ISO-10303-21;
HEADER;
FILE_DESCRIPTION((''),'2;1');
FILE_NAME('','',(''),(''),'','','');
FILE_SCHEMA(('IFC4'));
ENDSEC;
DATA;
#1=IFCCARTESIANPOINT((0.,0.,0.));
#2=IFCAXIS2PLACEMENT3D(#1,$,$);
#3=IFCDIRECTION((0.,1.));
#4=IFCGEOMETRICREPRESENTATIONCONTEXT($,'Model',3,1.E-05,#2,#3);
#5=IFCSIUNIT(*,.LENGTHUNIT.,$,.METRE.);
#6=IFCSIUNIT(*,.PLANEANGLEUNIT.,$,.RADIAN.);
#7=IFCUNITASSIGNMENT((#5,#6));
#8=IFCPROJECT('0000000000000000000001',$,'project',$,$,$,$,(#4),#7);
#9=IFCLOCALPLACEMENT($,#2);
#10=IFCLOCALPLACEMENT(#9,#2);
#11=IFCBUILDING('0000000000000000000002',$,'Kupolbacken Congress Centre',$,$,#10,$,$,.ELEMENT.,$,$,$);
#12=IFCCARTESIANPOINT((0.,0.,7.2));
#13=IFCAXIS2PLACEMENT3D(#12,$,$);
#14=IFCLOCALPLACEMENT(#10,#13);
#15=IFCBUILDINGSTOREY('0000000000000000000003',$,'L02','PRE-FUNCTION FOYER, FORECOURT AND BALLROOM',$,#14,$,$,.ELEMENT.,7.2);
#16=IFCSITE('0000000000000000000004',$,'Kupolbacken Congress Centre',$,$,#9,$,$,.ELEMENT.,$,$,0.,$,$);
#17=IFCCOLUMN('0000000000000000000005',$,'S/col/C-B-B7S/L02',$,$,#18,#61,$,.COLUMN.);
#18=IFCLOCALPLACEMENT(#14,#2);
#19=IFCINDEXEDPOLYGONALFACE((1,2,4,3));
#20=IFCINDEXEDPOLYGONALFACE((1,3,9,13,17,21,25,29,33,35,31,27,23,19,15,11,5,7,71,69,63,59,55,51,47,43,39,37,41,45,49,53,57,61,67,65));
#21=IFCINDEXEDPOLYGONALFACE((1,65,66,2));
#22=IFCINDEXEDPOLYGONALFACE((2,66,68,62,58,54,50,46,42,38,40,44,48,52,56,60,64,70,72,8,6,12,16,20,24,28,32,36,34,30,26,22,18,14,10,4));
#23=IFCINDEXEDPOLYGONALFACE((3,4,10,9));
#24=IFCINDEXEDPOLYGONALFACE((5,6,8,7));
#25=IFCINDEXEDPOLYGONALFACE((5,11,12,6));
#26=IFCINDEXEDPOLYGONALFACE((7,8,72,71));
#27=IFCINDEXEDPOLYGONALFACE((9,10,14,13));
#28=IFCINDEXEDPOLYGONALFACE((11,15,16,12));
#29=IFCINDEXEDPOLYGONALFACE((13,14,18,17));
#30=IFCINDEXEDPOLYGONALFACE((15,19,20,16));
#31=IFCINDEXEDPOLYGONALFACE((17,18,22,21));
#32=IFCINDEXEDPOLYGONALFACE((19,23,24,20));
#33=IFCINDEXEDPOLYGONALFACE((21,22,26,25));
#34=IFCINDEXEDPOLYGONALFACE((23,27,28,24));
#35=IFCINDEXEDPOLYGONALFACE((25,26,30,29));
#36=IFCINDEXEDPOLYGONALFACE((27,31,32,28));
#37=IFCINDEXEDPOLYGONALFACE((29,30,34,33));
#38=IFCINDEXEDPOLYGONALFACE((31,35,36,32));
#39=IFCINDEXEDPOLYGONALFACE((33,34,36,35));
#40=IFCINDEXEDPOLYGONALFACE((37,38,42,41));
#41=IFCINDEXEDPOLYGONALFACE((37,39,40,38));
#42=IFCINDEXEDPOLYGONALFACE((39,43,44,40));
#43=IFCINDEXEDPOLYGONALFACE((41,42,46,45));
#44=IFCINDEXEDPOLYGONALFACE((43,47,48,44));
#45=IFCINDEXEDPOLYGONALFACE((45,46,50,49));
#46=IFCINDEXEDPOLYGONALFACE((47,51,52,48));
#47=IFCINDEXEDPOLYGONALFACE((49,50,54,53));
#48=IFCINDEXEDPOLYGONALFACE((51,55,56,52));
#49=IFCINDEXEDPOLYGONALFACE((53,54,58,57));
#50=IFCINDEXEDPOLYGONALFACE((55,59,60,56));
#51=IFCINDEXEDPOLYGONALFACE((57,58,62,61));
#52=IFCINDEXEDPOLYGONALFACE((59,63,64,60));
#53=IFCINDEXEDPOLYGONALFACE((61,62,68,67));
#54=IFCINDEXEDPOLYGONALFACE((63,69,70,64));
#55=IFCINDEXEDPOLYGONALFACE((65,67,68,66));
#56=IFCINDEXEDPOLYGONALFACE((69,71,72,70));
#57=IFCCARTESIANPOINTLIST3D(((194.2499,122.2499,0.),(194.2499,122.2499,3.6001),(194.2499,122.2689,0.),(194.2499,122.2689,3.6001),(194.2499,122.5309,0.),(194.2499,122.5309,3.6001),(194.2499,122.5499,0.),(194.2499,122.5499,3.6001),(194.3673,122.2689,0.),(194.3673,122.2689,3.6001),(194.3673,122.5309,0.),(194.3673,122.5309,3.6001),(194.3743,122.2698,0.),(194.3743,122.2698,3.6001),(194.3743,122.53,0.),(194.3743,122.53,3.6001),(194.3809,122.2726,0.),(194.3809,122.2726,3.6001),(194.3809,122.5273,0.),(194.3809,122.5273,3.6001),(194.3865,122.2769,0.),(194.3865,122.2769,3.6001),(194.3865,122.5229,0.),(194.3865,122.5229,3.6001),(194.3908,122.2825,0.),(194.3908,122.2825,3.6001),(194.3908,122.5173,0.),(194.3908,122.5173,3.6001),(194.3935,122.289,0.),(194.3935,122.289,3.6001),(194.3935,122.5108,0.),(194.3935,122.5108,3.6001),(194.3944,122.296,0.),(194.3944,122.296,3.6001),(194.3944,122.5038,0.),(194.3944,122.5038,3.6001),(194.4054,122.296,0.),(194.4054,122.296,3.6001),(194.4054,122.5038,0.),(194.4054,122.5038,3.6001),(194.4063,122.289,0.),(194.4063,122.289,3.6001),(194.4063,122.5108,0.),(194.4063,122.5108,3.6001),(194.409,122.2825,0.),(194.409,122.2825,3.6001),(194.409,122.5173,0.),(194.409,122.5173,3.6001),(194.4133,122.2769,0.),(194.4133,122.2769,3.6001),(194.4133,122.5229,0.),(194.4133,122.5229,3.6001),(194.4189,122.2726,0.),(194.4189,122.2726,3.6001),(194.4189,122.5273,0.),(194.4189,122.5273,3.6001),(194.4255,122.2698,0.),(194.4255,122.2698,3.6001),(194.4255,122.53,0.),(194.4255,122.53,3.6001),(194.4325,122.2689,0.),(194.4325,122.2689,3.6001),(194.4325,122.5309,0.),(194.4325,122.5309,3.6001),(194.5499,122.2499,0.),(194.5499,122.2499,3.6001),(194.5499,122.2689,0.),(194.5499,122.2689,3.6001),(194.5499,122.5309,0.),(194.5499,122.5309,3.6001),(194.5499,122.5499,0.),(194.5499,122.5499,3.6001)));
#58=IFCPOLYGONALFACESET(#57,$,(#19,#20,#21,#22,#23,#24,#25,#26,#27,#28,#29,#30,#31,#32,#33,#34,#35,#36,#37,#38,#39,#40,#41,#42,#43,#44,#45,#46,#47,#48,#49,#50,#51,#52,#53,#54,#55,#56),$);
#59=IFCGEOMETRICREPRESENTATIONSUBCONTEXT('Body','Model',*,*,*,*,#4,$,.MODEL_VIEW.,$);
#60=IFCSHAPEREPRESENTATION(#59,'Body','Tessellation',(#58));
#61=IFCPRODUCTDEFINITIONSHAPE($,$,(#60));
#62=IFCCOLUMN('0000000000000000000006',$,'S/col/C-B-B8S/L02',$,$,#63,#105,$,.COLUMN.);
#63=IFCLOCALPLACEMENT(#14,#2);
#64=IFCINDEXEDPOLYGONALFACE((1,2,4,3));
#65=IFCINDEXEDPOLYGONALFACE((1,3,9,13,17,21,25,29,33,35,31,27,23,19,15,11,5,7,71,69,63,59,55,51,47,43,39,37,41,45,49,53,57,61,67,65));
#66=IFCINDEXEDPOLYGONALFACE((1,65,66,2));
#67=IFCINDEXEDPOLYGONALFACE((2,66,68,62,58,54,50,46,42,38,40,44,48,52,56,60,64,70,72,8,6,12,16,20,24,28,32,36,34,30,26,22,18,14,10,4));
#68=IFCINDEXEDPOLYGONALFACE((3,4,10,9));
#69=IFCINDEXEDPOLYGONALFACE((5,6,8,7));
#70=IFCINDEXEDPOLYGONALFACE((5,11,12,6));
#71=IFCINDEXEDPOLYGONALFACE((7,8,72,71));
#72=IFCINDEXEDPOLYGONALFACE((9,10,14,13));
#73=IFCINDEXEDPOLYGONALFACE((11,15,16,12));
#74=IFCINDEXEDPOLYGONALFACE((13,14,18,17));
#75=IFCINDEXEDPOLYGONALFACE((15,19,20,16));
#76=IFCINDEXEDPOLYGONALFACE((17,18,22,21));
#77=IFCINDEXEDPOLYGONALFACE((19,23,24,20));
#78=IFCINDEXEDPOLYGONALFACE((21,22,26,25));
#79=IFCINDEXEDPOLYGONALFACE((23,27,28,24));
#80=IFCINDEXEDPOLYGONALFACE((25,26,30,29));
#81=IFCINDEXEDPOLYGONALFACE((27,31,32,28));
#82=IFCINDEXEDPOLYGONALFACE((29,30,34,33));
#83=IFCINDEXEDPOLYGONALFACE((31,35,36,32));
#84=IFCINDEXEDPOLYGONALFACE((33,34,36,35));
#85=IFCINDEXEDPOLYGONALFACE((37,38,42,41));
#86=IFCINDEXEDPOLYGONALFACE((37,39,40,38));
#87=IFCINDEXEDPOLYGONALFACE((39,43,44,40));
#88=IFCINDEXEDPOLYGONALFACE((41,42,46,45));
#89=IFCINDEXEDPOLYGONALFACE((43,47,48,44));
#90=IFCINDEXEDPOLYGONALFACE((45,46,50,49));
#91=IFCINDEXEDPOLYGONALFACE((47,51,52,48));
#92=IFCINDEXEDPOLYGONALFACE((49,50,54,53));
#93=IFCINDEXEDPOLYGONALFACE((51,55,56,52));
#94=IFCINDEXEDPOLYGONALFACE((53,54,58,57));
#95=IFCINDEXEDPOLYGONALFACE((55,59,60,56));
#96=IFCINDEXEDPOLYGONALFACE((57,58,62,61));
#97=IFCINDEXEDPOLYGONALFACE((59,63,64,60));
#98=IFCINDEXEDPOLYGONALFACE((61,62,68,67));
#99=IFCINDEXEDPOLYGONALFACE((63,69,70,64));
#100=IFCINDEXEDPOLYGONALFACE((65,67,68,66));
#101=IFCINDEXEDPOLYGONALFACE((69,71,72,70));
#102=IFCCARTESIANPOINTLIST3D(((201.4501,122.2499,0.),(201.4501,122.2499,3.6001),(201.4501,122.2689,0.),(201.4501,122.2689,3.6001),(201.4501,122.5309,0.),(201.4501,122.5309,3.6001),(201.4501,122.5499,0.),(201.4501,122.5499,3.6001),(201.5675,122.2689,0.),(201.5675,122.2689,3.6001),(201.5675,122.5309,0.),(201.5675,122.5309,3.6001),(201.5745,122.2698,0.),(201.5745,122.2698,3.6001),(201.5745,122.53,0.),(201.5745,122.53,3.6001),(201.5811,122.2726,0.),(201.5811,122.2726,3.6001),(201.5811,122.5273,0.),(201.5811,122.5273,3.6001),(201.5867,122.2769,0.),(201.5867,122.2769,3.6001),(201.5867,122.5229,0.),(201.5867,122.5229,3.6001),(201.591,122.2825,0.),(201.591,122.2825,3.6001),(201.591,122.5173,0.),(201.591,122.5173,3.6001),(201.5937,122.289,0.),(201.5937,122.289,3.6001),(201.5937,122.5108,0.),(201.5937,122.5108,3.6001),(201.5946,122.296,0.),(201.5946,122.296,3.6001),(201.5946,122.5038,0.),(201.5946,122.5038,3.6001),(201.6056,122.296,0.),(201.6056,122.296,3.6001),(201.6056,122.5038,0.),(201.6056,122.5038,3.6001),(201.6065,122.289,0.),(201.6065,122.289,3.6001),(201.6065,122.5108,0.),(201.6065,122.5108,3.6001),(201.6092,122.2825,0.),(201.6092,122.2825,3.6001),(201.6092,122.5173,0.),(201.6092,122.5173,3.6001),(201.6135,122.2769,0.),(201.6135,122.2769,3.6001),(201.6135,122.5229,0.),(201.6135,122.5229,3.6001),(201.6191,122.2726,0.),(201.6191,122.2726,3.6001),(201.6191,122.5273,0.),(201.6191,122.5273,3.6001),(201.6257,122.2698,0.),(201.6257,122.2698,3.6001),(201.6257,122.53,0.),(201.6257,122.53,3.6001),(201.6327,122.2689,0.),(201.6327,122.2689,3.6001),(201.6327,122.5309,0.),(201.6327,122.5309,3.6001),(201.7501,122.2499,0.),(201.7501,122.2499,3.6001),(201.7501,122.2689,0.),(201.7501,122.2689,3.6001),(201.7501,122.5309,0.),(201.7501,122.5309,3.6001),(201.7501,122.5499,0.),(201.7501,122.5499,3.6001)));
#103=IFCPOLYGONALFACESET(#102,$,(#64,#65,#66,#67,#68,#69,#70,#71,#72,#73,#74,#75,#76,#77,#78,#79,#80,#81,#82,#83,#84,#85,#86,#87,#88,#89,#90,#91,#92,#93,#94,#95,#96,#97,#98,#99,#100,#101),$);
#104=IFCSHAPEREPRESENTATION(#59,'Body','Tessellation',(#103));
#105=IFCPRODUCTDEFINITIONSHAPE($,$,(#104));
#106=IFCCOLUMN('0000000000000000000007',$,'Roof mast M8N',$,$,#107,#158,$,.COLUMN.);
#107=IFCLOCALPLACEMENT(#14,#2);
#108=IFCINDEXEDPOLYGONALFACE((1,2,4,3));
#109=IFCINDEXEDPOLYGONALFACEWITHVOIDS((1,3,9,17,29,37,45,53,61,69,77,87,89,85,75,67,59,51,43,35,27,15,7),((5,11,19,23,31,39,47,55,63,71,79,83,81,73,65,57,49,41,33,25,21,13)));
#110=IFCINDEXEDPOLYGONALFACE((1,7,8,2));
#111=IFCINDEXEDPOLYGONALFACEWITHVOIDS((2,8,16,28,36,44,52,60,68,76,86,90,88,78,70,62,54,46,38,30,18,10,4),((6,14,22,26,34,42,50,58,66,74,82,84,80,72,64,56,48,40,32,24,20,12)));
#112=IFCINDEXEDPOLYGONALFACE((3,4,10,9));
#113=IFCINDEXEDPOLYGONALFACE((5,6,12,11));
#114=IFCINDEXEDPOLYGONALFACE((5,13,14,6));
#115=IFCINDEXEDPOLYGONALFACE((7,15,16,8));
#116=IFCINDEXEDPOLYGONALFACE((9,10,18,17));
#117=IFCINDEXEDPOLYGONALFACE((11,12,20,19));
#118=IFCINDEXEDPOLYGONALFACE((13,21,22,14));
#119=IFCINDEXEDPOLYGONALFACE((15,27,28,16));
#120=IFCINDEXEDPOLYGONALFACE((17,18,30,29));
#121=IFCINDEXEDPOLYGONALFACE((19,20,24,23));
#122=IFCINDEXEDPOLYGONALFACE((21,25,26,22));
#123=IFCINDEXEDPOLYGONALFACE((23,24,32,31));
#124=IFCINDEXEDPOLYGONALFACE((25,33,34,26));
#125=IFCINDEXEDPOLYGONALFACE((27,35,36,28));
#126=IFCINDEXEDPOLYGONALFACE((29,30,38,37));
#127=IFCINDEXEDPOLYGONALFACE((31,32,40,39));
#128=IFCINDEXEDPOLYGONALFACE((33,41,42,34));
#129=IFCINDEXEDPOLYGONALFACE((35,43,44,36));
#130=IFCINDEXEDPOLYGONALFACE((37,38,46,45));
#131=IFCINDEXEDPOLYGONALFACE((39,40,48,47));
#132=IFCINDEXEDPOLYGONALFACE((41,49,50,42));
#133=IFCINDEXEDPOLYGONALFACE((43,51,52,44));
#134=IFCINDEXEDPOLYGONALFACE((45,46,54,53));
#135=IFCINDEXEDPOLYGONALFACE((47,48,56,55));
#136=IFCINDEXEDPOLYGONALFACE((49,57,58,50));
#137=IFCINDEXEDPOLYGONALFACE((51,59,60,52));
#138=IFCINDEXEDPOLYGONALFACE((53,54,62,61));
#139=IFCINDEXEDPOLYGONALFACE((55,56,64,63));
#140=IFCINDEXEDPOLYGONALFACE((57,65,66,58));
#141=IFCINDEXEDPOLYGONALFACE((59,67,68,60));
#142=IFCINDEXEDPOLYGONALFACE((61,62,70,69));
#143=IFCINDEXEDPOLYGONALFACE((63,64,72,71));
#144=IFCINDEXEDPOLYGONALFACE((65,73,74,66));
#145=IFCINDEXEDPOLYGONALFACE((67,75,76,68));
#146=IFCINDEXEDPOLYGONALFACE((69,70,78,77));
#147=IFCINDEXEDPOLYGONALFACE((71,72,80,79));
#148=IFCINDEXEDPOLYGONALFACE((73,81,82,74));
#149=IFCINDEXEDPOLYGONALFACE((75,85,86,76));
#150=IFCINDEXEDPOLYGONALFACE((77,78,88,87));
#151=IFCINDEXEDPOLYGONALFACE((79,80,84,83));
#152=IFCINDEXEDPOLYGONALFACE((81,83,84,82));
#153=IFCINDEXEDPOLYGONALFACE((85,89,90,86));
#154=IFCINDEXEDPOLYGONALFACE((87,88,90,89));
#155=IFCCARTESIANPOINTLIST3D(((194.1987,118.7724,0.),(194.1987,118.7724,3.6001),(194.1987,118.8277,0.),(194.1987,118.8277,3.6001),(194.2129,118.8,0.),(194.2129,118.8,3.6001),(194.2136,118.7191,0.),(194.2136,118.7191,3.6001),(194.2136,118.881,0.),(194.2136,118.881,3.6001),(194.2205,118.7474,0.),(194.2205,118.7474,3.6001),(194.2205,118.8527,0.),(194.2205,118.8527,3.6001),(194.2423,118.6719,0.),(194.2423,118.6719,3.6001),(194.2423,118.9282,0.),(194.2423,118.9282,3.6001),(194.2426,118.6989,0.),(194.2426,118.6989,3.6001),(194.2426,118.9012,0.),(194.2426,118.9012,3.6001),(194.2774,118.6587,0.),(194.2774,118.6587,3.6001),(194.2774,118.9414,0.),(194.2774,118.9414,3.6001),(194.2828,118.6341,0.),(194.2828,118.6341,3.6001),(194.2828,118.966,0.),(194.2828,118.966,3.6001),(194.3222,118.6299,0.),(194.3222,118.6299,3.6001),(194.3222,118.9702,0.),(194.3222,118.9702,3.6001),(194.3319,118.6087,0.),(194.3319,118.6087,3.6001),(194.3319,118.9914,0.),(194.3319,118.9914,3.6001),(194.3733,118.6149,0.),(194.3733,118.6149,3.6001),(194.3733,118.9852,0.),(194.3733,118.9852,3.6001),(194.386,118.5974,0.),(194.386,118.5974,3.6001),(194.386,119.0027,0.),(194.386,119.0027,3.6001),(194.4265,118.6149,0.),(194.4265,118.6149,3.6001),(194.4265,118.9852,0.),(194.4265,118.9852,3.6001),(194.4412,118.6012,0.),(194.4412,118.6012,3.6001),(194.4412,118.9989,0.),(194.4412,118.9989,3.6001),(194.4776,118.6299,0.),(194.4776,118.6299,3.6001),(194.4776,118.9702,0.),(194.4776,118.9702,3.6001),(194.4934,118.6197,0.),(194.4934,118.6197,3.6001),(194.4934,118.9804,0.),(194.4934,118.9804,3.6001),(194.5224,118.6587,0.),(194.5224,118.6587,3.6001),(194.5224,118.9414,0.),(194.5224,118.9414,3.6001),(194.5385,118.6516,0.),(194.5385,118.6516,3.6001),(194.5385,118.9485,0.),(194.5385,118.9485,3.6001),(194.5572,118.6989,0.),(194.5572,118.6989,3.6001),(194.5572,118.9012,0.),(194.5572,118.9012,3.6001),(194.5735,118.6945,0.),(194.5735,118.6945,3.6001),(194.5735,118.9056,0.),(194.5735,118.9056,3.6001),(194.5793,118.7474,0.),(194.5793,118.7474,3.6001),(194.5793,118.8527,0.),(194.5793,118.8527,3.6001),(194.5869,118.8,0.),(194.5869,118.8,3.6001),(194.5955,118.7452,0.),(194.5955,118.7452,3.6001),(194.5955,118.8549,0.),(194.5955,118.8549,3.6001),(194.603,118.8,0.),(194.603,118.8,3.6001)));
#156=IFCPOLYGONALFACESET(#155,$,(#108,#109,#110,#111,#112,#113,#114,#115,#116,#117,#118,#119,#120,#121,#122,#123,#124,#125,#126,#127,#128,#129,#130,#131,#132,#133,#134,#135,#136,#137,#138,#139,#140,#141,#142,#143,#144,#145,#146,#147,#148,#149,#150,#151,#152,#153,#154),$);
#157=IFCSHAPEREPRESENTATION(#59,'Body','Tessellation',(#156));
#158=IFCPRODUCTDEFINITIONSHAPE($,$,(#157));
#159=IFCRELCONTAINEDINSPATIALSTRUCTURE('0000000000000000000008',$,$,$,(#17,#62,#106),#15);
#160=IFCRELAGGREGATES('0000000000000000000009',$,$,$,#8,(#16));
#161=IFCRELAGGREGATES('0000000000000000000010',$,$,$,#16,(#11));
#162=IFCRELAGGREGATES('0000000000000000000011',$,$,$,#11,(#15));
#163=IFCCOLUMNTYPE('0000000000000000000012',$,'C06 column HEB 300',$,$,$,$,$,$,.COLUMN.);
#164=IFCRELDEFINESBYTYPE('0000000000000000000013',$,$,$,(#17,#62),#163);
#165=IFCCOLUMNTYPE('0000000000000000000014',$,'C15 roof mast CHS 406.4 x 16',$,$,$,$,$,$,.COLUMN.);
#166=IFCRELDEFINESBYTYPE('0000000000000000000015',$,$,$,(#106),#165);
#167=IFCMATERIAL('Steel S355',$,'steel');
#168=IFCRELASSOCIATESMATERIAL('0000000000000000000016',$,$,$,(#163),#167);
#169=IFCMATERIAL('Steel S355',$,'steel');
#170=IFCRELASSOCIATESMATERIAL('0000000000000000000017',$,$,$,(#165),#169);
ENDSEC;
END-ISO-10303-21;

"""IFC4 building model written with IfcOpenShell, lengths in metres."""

from ifc_helpers import new_model, si_unit, direction, frame, origin, origin_2d, place, context, subcontext, project, spatial, hollow_circle, i_section, extrude, material, material_profile, profile_set, type_object, element, save


model = new_model("IFC4")

# Units and contexts
model_context = context("Model", 3, precision=1e-05, world=origin(), true_north=direction((0.0, 1.0)))
body_context = subcontext(model_context, "Body", "Model", "MODEL_VIEW")
ifc_project = project(units=[si_unit("LENGTHUNIT", "METRE"), si_unit("PLANEANGLEUNIT", "RADIAN")], contexts=[model_context])

# Site, building, storey
site_placement = place(None, origin())
site = spatial("IfcSite", under=ifc_project, at=site_placement, Name="Kupolbacken Congress Centre", CompositionType="ELEMENT", RefElevation=0.0)
building_placement = place(site_placement, origin())
building = spatial("IfcBuilding", under=site, at=building_placement, Name="Kupolbacken Congress Centre", CompositionType="ELEMENT")
storey_placement = place(building_placement, frame((0.0, 0.0, 7.2)))
storey = spatial("IfcBuildingStorey", under=building, at=storey_placement, Name="L02", Description="PRE-FUNCTION FOYER, FORECOURT AND BALLROOM", CompositionType="ELEMENT", Elevation=7.2)

# Columns
ifc_material_1 = material(Name="Steel S355", Category="steel")
ifc_material_profile_1 = material_profile(ifc_material_1, i_section(OverallWidth=0.3, OverallDepth=0.3, WebThickness=0.011, FlangeThickness=0.019, FilletRadius=0.0271, at=origin_2d()), Name="HEB 300")
ifc_profile_set_1 = profile_set([ifc_material_profile_1], Name="Steel S355")
column_type_1 = type_object("IfcColumnType", Name="C06 column HEB 300", PredefinedType="COLUMN", material=ifc_profile_set_1)
for number, where, z_axis, x_axis, name in (
    (1, (194.3999, 122.3999, 0.0), (0.0, 0.0, 1.0), (1.0, 0.0, 0.0), "S/col/C-B-B7S/L02"),
    (2, (201.6001, 122.3999, 0.0), (0.0, 0.0, 1.0), (1.0, 0.0, 0.0), "S/col/C-B-B8S/L02"),
):
    element("IfcColumn", number, at=place(storey_placement, frame(where, z_axis=z_axis, x_axis=x_axis)), inside=storey, type_object=column_type_1, Name=name, PredefinedType="COLUMN", context=body_context, shape_type="SweptSolid", body=[
        extrude(i_section(OverallWidth=0.3, OverallDepth=0.3, WebThickness=0.011, FlangeThickness=0.019, FilletRadius=0.0271, at=origin_2d()), origin(), (0.0, 0.0, 1.0), 3.6001),
    ])
ifc_material_2 = material(Name="Steel S355", Category="steel")
ifc_material_profile_2 = material_profile(ifc_material_2, hollow_circle(Radius=0.2031, WallThickness=0.0161, at=origin_2d()), Name="CHS 406.4 x 16")
ifc_profile_set_2 = profile_set([ifc_material_profile_2], Name="Steel S355")
column_type_2 = type_object("IfcColumnType", Name="C15 roof mast CHS 406.4 x 16", PredefinedType="COLUMN", material=ifc_profile_set_2)
column_placement = place(storey_placement, frame((194.3999, 118.8, 0.0), z_axis=(0.0, 0.0, 1.0), x_axis=(1.0, 0.0, 0.0)))
element("IfcColumn", 3, at=column_placement, inside=storey, type_object=column_type_2, Name="Roof mast M8N", PredefinedType="COLUMN", context=body_context, shape_type="SweptSolid", body=[
    extrude(hollow_circle(Radius=0.2031, WallThickness=0.0161, at=origin_2d()), origin(), (0.0, 0.0, 1.0), 3.6001),
])

save(model, "model.ifc")
